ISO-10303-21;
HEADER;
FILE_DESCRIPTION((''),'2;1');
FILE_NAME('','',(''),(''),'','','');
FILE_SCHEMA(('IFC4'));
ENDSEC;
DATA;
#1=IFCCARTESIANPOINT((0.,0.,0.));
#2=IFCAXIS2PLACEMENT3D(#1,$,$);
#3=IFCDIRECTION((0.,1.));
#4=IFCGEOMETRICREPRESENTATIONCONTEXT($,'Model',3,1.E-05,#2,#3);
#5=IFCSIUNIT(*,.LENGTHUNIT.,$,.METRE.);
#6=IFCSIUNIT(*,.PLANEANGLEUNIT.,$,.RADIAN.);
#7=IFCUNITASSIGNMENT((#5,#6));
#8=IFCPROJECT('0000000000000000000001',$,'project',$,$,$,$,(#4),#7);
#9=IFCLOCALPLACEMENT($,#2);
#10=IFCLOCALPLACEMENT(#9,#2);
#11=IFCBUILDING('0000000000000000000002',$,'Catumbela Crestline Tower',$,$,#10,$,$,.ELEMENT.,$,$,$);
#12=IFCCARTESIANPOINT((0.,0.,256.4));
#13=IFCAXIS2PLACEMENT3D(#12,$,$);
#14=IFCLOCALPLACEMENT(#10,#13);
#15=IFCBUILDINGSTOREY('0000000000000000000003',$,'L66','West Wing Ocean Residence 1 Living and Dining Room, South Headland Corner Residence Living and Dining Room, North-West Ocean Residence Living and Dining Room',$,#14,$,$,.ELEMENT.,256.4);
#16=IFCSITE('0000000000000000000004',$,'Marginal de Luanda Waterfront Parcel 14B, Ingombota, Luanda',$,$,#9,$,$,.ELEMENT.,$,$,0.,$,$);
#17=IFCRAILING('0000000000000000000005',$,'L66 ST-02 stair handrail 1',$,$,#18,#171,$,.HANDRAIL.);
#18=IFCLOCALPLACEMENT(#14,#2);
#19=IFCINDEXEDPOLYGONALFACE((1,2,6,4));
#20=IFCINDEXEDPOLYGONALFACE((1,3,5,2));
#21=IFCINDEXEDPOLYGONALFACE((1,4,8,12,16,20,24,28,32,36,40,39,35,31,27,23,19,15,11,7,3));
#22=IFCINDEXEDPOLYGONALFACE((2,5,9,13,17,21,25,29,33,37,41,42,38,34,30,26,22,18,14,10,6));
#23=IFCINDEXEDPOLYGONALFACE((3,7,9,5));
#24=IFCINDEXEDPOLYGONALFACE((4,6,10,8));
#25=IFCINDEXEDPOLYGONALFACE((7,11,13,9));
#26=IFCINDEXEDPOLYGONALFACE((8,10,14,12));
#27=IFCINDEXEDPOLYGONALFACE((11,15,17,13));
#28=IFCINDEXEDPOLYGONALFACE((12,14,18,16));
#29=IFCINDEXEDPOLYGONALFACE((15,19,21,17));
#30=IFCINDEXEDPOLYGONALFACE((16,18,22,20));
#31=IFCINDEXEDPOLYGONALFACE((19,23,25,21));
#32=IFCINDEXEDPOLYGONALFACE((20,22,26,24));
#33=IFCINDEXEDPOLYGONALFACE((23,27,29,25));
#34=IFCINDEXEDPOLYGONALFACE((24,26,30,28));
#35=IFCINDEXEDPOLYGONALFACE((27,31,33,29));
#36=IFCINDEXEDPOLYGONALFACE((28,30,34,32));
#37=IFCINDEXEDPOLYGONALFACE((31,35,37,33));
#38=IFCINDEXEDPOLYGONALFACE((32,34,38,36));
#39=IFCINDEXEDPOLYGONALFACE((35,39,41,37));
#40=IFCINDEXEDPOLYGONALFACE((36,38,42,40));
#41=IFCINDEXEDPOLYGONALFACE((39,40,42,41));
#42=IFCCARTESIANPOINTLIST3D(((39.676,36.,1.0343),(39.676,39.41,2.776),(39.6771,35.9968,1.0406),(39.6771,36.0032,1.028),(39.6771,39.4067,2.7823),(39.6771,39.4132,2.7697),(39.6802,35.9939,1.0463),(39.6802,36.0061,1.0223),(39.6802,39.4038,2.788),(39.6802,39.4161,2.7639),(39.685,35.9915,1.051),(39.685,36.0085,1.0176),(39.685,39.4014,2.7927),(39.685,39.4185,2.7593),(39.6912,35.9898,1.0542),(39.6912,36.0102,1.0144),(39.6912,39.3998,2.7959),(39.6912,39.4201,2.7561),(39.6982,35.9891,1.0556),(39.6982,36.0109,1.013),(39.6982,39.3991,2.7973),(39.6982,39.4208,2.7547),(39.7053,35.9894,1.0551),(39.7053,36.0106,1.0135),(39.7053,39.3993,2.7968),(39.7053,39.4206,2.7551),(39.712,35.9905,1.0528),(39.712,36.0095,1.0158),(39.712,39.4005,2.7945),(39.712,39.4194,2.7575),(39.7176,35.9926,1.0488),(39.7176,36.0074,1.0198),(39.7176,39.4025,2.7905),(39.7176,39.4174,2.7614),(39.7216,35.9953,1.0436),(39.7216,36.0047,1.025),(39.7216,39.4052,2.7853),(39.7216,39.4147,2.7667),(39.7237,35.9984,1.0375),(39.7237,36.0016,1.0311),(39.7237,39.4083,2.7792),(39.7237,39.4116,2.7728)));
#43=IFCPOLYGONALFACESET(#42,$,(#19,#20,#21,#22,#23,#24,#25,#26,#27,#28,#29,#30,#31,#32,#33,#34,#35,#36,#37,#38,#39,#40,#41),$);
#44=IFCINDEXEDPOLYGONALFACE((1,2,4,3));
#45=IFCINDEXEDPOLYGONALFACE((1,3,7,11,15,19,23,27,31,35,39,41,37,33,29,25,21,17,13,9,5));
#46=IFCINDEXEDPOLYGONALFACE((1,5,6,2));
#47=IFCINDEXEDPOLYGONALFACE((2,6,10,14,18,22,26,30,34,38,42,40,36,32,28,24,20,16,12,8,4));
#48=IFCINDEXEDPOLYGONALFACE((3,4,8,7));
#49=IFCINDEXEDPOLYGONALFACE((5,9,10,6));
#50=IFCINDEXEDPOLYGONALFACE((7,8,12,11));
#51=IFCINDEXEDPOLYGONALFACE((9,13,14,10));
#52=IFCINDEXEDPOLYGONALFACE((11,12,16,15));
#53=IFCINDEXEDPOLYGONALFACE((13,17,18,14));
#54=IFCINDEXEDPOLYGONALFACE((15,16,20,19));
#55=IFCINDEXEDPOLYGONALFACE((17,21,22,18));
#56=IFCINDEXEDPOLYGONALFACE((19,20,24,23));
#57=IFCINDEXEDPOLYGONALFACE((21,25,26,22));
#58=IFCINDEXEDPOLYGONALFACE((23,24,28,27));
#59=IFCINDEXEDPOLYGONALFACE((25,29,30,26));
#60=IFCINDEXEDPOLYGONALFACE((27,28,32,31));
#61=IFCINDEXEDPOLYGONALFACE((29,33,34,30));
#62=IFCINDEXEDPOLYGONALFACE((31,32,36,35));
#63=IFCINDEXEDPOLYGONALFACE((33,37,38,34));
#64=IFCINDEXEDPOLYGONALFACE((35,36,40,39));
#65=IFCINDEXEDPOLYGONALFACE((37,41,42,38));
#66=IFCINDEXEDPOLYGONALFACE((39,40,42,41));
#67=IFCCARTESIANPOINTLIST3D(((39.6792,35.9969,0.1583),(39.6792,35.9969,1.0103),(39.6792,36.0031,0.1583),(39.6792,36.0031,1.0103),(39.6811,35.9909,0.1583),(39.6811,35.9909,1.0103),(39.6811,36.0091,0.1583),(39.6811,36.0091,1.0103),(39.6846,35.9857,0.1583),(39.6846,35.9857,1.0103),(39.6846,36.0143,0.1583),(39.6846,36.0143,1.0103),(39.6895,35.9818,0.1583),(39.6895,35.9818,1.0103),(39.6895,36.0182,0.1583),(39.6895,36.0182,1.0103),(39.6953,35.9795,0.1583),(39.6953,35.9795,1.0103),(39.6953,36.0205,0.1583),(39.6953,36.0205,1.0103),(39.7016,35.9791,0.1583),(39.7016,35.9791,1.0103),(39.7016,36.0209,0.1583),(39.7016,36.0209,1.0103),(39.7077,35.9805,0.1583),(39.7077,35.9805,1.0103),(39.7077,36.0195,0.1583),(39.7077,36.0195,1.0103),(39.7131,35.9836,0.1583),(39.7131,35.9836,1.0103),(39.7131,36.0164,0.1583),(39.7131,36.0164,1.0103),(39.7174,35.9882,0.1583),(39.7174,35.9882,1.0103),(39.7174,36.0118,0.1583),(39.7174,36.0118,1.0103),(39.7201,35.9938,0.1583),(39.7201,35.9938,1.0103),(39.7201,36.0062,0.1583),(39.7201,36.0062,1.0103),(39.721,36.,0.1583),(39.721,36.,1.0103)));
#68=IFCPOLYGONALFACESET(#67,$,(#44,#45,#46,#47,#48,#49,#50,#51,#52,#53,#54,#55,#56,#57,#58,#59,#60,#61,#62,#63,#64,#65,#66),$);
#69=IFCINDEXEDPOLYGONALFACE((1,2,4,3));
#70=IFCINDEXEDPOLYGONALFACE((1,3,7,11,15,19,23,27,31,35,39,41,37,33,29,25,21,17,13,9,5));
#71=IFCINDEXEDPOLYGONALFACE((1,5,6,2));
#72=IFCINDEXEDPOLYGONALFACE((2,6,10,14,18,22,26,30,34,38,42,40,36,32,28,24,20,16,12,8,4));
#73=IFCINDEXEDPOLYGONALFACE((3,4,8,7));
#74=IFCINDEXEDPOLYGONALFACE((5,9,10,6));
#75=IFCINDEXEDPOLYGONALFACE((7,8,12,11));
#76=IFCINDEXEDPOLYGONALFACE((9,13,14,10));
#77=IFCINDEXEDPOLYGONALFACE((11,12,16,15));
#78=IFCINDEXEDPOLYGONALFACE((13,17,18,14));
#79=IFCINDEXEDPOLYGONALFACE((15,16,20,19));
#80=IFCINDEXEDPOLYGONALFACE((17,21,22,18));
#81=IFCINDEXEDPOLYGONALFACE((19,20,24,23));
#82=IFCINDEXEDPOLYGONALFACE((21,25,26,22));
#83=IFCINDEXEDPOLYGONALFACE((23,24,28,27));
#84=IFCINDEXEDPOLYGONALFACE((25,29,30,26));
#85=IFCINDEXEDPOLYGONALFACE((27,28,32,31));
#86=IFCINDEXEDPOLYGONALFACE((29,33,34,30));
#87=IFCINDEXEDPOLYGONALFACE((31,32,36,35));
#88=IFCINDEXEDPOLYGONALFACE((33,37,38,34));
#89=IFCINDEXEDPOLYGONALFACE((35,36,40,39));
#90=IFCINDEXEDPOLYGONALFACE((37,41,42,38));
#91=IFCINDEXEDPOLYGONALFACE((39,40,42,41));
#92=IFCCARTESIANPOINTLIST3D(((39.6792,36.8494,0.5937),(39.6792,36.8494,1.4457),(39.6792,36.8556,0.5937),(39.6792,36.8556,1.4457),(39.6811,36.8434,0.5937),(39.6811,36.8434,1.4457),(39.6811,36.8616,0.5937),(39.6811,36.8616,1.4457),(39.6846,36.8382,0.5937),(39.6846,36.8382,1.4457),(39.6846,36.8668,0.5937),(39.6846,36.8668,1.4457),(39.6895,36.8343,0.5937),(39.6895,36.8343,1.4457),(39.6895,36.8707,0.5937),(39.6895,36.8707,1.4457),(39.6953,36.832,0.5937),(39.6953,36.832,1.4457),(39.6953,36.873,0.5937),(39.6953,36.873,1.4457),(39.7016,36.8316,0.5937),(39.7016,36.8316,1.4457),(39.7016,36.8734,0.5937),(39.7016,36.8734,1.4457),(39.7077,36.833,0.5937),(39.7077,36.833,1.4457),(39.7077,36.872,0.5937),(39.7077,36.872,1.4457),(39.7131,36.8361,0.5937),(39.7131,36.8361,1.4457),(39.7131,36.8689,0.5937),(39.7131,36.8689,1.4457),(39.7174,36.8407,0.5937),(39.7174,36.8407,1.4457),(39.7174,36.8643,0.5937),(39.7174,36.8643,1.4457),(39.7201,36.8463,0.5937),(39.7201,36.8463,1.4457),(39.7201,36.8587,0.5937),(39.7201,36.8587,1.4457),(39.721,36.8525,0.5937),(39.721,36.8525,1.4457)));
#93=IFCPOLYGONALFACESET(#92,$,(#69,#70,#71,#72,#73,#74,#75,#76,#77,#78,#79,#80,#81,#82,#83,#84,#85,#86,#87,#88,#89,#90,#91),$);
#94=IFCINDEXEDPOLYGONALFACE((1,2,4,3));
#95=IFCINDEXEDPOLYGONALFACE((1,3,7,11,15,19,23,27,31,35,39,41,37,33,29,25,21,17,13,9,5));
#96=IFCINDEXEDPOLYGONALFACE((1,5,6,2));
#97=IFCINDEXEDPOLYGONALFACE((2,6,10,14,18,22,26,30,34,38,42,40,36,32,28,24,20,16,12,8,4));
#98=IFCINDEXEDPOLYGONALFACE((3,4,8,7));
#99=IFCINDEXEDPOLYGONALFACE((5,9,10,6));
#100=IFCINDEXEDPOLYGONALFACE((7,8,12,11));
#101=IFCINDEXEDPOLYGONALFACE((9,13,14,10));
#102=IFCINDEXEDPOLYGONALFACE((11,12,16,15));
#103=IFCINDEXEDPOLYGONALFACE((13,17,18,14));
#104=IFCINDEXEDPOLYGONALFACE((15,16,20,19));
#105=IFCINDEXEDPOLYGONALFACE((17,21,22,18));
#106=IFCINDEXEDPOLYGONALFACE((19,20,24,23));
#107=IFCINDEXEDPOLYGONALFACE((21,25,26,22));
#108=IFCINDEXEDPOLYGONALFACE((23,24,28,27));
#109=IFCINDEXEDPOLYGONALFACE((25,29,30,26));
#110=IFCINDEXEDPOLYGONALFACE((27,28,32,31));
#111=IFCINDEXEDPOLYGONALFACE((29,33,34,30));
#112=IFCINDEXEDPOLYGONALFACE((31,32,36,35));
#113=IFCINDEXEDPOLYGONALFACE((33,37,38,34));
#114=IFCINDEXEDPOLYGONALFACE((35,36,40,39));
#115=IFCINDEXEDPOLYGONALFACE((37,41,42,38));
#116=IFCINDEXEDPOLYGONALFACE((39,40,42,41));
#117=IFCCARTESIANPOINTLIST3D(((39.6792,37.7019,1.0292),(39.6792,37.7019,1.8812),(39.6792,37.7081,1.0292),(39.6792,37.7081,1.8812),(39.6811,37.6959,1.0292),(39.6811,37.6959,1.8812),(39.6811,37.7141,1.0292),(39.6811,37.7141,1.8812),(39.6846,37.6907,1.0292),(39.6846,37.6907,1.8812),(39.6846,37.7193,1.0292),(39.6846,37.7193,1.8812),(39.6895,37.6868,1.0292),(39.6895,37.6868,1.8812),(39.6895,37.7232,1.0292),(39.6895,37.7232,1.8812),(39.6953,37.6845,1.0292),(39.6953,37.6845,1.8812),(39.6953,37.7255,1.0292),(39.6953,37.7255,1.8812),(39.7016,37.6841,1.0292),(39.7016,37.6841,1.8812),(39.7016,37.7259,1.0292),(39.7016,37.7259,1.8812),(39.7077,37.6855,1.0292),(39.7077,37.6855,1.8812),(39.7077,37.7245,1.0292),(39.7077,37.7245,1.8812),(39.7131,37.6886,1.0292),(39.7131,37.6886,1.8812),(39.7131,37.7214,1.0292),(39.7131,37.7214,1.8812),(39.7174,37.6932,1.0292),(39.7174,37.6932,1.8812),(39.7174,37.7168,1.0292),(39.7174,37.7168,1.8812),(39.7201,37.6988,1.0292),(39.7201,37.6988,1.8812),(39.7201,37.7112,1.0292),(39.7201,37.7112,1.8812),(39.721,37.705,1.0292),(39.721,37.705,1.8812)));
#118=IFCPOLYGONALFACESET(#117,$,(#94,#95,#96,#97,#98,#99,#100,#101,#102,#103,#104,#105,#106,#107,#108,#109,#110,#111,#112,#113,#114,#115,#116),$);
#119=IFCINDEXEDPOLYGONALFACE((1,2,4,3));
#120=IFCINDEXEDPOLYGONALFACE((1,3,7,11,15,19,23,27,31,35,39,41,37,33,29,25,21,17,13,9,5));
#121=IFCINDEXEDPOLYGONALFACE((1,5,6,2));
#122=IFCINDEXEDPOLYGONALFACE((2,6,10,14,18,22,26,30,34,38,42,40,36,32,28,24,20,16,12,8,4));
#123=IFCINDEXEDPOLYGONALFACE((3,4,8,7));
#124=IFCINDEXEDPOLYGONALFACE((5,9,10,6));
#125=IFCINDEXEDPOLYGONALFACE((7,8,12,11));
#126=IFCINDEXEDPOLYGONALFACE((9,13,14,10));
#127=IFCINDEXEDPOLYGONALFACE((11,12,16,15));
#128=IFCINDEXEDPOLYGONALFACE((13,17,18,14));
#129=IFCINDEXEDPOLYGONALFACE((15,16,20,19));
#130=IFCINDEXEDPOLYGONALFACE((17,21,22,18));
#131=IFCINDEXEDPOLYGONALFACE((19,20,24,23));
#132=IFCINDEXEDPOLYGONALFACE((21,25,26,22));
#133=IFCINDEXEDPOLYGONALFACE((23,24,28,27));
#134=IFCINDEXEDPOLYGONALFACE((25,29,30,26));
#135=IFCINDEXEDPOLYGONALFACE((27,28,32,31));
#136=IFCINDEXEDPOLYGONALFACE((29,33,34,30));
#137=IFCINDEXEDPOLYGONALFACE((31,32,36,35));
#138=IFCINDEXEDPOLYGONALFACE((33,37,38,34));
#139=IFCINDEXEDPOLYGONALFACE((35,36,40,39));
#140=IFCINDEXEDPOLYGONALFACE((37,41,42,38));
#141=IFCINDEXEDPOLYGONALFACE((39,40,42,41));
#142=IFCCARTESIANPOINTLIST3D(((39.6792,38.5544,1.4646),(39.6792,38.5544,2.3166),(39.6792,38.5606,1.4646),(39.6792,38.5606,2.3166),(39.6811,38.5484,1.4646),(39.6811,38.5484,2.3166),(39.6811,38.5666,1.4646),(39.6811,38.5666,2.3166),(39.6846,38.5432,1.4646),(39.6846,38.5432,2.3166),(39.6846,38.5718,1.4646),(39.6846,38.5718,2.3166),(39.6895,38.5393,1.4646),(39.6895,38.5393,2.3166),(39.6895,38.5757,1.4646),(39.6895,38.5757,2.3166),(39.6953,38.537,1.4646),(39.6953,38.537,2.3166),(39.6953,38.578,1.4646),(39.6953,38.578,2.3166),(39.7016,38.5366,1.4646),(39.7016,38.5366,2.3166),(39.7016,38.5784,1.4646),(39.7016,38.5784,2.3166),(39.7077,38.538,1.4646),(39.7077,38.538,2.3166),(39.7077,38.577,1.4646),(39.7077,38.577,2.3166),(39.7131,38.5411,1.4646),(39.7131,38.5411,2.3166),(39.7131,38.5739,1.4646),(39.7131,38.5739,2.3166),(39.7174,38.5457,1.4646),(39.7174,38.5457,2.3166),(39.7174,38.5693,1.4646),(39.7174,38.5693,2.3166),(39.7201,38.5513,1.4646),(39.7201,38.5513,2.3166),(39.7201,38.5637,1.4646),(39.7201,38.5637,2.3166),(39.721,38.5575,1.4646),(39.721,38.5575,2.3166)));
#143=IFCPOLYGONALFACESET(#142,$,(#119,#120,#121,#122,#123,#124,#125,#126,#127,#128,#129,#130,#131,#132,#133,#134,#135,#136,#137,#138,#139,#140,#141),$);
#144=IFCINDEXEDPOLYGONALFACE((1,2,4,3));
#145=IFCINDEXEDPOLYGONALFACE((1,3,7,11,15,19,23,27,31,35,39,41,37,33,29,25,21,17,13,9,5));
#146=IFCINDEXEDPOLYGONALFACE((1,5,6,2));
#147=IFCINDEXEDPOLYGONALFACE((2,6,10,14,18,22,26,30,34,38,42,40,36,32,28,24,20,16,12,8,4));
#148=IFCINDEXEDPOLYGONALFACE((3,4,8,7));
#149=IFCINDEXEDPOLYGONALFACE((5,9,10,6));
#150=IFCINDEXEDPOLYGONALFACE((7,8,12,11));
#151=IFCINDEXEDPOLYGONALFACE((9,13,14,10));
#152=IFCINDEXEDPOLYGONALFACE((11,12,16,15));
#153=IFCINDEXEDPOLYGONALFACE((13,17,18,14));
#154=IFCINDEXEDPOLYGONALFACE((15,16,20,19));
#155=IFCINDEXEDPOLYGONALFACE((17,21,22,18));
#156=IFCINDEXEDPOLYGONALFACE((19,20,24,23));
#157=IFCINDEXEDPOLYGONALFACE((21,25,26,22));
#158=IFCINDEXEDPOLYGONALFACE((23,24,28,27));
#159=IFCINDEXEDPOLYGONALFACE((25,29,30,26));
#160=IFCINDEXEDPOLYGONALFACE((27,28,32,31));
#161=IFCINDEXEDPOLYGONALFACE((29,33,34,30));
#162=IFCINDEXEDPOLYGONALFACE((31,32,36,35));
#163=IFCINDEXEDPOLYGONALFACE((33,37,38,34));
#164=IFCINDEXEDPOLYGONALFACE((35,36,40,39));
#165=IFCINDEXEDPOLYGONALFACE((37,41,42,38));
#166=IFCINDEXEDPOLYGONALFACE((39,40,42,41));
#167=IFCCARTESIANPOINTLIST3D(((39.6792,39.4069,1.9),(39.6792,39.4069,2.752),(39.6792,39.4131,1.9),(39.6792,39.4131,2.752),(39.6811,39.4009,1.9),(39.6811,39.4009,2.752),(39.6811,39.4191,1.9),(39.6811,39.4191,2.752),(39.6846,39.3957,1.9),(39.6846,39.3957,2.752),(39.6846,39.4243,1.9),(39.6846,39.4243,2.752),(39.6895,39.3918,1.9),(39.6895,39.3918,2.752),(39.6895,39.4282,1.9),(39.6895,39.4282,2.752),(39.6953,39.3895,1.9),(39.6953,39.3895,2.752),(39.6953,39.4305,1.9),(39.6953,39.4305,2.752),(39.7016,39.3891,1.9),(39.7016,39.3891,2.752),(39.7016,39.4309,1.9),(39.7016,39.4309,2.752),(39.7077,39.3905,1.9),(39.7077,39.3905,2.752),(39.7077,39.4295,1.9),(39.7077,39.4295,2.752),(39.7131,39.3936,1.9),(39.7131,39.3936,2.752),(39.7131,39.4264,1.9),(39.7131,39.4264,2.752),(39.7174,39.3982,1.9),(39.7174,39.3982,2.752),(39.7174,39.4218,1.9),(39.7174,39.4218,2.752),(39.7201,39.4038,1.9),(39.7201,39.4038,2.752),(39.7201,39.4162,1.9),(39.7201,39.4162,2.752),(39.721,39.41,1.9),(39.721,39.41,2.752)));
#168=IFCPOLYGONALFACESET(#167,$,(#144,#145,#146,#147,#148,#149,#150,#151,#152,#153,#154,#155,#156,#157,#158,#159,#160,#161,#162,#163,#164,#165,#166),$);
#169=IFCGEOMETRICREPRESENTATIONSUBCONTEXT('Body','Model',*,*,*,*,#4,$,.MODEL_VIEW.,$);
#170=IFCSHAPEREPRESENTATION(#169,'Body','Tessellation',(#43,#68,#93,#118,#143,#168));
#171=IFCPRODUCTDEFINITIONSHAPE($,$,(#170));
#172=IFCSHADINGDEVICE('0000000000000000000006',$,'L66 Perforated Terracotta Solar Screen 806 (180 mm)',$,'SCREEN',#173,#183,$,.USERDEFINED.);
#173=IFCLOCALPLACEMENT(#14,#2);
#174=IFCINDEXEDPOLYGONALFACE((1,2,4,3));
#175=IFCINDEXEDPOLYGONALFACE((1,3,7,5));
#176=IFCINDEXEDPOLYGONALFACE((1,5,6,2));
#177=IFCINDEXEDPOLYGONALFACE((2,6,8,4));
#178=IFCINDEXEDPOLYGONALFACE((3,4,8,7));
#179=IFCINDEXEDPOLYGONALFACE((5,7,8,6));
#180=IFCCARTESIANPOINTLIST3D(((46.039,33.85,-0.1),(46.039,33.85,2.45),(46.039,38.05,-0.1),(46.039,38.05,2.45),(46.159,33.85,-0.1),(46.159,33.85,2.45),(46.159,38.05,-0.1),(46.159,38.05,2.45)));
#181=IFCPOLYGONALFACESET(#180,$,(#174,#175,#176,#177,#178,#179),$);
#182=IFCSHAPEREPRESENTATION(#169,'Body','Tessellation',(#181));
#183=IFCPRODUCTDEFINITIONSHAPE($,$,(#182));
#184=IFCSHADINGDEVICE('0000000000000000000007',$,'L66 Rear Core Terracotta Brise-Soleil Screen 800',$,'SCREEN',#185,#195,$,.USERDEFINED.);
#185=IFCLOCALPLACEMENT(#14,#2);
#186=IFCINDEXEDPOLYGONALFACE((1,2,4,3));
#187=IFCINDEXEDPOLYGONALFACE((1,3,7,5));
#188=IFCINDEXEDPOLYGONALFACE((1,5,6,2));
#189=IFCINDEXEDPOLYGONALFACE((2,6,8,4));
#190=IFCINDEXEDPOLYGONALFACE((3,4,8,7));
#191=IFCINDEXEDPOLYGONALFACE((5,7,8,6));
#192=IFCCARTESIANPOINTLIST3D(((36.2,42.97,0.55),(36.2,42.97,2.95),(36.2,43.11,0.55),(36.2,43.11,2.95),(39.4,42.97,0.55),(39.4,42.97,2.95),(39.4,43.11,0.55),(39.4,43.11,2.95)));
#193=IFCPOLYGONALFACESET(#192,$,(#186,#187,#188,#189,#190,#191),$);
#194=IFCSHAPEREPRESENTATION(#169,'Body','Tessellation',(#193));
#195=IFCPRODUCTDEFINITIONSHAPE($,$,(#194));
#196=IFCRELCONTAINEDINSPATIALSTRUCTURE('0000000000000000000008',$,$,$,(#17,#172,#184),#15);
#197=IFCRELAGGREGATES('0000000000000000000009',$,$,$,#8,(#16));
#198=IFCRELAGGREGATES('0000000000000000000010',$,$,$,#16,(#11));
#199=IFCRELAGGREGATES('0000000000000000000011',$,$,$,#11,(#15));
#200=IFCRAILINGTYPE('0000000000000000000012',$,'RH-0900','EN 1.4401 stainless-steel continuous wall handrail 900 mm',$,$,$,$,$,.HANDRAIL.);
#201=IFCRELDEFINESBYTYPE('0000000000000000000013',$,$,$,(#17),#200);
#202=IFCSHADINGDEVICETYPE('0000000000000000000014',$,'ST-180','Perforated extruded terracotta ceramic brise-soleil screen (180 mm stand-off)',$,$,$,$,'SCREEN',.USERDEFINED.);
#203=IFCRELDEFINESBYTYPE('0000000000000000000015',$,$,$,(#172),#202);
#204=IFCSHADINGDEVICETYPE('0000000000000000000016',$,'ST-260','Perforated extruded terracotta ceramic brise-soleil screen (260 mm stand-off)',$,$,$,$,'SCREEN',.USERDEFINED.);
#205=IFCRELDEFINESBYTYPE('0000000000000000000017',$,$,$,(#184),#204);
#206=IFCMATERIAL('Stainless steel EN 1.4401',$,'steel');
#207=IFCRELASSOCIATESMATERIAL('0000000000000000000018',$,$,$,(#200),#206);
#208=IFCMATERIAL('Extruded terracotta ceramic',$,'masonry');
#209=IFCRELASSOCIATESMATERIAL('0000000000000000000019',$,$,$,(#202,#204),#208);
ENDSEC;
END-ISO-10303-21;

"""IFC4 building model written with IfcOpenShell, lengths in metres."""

from ifc_helpers import new_model, si_unit, direction, frame, origin, origin_2d, place, context, subcontext, project, spatial, rectangle, circle, extrude, material, type_object, element, save


model = new_model("IFC4")

# Units and contexts
model_context = context("Model", 3, precision=1e-05, world=origin(), true_north=direction((0.0, 1.0)))
body_context = subcontext(model_context, "Body", "Model", "MODEL_VIEW")
ifc_project = project(units=[si_unit("LENGTHUNIT", "METRE"), si_unit("PLANEANGLEUNIT", "RADIAN")], contexts=[model_context])

# Site, building, storey
site_placement = place(None, origin())
site = spatial("IfcSite", under=ifc_project, at=site_placement, Name="Marginal de Luanda Waterfront Parcel 14B, Ingombota, Luanda", CompositionType="ELEMENT", RefElevation=0.0)
building_placement = place(site_placement, origin())
building = spatial("IfcBuilding", under=site, at=building_placement, Name="Catumbela Crestline Tower", CompositionType="ELEMENT")
storey_placement = place(building_placement, frame((0.0, 0.0, 256.4)))
storey = spatial("IfcBuildingStorey", under=building, at=storey_placement, Name="L66", Description="West Wing Ocean Residence 1 Living and Dining Room, South Headland Corner Residence Living and Dining Room, North-West Ocean Residence Living and Dining Room", CompositionType="ELEMENT", Elevation=256.4)

# Railing
ifc_material_1 = material(Name="Stainless steel EN 1.4401", Category="steel")
railing_type_1 = type_object("IfcRailingType", Name="RH-0900", Description="EN 1.4401 stainless-steel continuous wall handrail 900 mm", PredefinedType="HANDRAIL", material=ifc_material_1)
railing_1_placement = place(storey_placement, frame((39.7, 36.0, 0.1583)))
element("IfcRailing", 1, at=railing_1_placement, inside=storey, type_object=railing_type_1, Name="L66 ST-02 stair handrail 1", PredefinedType="HANDRAIL", context=body_context, shape_type="SweptSolid", body=[
    extrude(circle(Radius=0.024, at=origin_2d()), frame((0.0, 0.0, 0.876), z_axis=(0.0, 0.89056, 0.454865), x_axis=(-1.0, 0.0, 0.0)), (0.0, 0.0, 1.0), 3.829),
    extrude(circle(Radius=0.021, at=origin_2d()), origin(), (0.0, 0.0, 1.0), 0.852),
    extrude(circle(Radius=0.021, at=origin_2d()), frame((0.0, 0.8525, 0.4354)), (0.0, 0.0, 1.0), 0.852),
    extrude(circle(Radius=0.021, at=origin_2d()), frame((0.0, 1.705, 0.8709)), (0.0, 0.0, 1.0), 0.852),
    extrude(circle(Radius=0.021, at=origin_2d()), frame((0.0, 2.5575, 1.3063)), (0.0, 0.0, 1.0), 0.852),
    extrude(circle(Radius=0.021, at=origin_2d()), frame((0.0, 3.41, 1.7417)), (0.0, 0.0, 1.0), 0.852),
])

# Shading devices
ifc_material_2 = material(Name="Extruded terracotta ceramic", Category="masonry")
shading_device_type_1 = type_object("IfcShadingDeviceType", Name="ST-180", Description="Perforated extruded terracotta ceramic brise-soleil screen (180 mm stand-off)", ElementType="SCREEN", PredefinedType="USERDEFINED", material=ifc_material_2)
shading_device_1_placement = place(storey_placement, frame((46.099, 35.95, -0.1), z_axis=(0.0, 0.0, 1.0), x_axis=(0.0, 1.0, 0.0)))
element("IfcShadingDevice", 2, at=shading_device_1_placement, inside=storey, type_object=shading_device_type_1, Name="L66 Perforated Terracotta Solar Screen 806 (180 mm)", ObjectType="SCREEN", PredefinedType="USERDEFINED", context=body_context, shape_type="SweptSolid", body=[
    extrude(rectangle(XDim=4.2, YDim=0.12, at=origin_2d()), origin(), (0.0, 0.0, 1.0), 2.55),
])
shading_device_type_2 = type_object("IfcShadingDeviceType", Name="ST-260", Description="Perforated extruded terracotta ceramic brise-soleil screen (260 mm stand-off)", ElementType="SCREEN", PredefinedType="USERDEFINED", material=ifc_material_2)
shading_device_2_placement = place(storey_placement, frame((37.8, 43.04, 0.55), z_axis=(0.0, 0.0, 1.0), x_axis=(1.0, 0.0, 0.0)))
element("IfcShadingDevice", 3, at=shading_device_2_placement, inside=storey, type_object=shading_device_type_2, Name="L66 Rear Core Terracotta Brise-Soleil Screen 800", ObjectType="SCREEN", PredefinedType="USERDEFINED", context=body_context, shape_type="SweptSolid", body=[
    extrude(rectangle(XDim=3.2, YDim=0.14, at=origin_2d()), origin(), (0.0, 0.0, 1.0), 2.4),
])

save(model, "model.ifc")
